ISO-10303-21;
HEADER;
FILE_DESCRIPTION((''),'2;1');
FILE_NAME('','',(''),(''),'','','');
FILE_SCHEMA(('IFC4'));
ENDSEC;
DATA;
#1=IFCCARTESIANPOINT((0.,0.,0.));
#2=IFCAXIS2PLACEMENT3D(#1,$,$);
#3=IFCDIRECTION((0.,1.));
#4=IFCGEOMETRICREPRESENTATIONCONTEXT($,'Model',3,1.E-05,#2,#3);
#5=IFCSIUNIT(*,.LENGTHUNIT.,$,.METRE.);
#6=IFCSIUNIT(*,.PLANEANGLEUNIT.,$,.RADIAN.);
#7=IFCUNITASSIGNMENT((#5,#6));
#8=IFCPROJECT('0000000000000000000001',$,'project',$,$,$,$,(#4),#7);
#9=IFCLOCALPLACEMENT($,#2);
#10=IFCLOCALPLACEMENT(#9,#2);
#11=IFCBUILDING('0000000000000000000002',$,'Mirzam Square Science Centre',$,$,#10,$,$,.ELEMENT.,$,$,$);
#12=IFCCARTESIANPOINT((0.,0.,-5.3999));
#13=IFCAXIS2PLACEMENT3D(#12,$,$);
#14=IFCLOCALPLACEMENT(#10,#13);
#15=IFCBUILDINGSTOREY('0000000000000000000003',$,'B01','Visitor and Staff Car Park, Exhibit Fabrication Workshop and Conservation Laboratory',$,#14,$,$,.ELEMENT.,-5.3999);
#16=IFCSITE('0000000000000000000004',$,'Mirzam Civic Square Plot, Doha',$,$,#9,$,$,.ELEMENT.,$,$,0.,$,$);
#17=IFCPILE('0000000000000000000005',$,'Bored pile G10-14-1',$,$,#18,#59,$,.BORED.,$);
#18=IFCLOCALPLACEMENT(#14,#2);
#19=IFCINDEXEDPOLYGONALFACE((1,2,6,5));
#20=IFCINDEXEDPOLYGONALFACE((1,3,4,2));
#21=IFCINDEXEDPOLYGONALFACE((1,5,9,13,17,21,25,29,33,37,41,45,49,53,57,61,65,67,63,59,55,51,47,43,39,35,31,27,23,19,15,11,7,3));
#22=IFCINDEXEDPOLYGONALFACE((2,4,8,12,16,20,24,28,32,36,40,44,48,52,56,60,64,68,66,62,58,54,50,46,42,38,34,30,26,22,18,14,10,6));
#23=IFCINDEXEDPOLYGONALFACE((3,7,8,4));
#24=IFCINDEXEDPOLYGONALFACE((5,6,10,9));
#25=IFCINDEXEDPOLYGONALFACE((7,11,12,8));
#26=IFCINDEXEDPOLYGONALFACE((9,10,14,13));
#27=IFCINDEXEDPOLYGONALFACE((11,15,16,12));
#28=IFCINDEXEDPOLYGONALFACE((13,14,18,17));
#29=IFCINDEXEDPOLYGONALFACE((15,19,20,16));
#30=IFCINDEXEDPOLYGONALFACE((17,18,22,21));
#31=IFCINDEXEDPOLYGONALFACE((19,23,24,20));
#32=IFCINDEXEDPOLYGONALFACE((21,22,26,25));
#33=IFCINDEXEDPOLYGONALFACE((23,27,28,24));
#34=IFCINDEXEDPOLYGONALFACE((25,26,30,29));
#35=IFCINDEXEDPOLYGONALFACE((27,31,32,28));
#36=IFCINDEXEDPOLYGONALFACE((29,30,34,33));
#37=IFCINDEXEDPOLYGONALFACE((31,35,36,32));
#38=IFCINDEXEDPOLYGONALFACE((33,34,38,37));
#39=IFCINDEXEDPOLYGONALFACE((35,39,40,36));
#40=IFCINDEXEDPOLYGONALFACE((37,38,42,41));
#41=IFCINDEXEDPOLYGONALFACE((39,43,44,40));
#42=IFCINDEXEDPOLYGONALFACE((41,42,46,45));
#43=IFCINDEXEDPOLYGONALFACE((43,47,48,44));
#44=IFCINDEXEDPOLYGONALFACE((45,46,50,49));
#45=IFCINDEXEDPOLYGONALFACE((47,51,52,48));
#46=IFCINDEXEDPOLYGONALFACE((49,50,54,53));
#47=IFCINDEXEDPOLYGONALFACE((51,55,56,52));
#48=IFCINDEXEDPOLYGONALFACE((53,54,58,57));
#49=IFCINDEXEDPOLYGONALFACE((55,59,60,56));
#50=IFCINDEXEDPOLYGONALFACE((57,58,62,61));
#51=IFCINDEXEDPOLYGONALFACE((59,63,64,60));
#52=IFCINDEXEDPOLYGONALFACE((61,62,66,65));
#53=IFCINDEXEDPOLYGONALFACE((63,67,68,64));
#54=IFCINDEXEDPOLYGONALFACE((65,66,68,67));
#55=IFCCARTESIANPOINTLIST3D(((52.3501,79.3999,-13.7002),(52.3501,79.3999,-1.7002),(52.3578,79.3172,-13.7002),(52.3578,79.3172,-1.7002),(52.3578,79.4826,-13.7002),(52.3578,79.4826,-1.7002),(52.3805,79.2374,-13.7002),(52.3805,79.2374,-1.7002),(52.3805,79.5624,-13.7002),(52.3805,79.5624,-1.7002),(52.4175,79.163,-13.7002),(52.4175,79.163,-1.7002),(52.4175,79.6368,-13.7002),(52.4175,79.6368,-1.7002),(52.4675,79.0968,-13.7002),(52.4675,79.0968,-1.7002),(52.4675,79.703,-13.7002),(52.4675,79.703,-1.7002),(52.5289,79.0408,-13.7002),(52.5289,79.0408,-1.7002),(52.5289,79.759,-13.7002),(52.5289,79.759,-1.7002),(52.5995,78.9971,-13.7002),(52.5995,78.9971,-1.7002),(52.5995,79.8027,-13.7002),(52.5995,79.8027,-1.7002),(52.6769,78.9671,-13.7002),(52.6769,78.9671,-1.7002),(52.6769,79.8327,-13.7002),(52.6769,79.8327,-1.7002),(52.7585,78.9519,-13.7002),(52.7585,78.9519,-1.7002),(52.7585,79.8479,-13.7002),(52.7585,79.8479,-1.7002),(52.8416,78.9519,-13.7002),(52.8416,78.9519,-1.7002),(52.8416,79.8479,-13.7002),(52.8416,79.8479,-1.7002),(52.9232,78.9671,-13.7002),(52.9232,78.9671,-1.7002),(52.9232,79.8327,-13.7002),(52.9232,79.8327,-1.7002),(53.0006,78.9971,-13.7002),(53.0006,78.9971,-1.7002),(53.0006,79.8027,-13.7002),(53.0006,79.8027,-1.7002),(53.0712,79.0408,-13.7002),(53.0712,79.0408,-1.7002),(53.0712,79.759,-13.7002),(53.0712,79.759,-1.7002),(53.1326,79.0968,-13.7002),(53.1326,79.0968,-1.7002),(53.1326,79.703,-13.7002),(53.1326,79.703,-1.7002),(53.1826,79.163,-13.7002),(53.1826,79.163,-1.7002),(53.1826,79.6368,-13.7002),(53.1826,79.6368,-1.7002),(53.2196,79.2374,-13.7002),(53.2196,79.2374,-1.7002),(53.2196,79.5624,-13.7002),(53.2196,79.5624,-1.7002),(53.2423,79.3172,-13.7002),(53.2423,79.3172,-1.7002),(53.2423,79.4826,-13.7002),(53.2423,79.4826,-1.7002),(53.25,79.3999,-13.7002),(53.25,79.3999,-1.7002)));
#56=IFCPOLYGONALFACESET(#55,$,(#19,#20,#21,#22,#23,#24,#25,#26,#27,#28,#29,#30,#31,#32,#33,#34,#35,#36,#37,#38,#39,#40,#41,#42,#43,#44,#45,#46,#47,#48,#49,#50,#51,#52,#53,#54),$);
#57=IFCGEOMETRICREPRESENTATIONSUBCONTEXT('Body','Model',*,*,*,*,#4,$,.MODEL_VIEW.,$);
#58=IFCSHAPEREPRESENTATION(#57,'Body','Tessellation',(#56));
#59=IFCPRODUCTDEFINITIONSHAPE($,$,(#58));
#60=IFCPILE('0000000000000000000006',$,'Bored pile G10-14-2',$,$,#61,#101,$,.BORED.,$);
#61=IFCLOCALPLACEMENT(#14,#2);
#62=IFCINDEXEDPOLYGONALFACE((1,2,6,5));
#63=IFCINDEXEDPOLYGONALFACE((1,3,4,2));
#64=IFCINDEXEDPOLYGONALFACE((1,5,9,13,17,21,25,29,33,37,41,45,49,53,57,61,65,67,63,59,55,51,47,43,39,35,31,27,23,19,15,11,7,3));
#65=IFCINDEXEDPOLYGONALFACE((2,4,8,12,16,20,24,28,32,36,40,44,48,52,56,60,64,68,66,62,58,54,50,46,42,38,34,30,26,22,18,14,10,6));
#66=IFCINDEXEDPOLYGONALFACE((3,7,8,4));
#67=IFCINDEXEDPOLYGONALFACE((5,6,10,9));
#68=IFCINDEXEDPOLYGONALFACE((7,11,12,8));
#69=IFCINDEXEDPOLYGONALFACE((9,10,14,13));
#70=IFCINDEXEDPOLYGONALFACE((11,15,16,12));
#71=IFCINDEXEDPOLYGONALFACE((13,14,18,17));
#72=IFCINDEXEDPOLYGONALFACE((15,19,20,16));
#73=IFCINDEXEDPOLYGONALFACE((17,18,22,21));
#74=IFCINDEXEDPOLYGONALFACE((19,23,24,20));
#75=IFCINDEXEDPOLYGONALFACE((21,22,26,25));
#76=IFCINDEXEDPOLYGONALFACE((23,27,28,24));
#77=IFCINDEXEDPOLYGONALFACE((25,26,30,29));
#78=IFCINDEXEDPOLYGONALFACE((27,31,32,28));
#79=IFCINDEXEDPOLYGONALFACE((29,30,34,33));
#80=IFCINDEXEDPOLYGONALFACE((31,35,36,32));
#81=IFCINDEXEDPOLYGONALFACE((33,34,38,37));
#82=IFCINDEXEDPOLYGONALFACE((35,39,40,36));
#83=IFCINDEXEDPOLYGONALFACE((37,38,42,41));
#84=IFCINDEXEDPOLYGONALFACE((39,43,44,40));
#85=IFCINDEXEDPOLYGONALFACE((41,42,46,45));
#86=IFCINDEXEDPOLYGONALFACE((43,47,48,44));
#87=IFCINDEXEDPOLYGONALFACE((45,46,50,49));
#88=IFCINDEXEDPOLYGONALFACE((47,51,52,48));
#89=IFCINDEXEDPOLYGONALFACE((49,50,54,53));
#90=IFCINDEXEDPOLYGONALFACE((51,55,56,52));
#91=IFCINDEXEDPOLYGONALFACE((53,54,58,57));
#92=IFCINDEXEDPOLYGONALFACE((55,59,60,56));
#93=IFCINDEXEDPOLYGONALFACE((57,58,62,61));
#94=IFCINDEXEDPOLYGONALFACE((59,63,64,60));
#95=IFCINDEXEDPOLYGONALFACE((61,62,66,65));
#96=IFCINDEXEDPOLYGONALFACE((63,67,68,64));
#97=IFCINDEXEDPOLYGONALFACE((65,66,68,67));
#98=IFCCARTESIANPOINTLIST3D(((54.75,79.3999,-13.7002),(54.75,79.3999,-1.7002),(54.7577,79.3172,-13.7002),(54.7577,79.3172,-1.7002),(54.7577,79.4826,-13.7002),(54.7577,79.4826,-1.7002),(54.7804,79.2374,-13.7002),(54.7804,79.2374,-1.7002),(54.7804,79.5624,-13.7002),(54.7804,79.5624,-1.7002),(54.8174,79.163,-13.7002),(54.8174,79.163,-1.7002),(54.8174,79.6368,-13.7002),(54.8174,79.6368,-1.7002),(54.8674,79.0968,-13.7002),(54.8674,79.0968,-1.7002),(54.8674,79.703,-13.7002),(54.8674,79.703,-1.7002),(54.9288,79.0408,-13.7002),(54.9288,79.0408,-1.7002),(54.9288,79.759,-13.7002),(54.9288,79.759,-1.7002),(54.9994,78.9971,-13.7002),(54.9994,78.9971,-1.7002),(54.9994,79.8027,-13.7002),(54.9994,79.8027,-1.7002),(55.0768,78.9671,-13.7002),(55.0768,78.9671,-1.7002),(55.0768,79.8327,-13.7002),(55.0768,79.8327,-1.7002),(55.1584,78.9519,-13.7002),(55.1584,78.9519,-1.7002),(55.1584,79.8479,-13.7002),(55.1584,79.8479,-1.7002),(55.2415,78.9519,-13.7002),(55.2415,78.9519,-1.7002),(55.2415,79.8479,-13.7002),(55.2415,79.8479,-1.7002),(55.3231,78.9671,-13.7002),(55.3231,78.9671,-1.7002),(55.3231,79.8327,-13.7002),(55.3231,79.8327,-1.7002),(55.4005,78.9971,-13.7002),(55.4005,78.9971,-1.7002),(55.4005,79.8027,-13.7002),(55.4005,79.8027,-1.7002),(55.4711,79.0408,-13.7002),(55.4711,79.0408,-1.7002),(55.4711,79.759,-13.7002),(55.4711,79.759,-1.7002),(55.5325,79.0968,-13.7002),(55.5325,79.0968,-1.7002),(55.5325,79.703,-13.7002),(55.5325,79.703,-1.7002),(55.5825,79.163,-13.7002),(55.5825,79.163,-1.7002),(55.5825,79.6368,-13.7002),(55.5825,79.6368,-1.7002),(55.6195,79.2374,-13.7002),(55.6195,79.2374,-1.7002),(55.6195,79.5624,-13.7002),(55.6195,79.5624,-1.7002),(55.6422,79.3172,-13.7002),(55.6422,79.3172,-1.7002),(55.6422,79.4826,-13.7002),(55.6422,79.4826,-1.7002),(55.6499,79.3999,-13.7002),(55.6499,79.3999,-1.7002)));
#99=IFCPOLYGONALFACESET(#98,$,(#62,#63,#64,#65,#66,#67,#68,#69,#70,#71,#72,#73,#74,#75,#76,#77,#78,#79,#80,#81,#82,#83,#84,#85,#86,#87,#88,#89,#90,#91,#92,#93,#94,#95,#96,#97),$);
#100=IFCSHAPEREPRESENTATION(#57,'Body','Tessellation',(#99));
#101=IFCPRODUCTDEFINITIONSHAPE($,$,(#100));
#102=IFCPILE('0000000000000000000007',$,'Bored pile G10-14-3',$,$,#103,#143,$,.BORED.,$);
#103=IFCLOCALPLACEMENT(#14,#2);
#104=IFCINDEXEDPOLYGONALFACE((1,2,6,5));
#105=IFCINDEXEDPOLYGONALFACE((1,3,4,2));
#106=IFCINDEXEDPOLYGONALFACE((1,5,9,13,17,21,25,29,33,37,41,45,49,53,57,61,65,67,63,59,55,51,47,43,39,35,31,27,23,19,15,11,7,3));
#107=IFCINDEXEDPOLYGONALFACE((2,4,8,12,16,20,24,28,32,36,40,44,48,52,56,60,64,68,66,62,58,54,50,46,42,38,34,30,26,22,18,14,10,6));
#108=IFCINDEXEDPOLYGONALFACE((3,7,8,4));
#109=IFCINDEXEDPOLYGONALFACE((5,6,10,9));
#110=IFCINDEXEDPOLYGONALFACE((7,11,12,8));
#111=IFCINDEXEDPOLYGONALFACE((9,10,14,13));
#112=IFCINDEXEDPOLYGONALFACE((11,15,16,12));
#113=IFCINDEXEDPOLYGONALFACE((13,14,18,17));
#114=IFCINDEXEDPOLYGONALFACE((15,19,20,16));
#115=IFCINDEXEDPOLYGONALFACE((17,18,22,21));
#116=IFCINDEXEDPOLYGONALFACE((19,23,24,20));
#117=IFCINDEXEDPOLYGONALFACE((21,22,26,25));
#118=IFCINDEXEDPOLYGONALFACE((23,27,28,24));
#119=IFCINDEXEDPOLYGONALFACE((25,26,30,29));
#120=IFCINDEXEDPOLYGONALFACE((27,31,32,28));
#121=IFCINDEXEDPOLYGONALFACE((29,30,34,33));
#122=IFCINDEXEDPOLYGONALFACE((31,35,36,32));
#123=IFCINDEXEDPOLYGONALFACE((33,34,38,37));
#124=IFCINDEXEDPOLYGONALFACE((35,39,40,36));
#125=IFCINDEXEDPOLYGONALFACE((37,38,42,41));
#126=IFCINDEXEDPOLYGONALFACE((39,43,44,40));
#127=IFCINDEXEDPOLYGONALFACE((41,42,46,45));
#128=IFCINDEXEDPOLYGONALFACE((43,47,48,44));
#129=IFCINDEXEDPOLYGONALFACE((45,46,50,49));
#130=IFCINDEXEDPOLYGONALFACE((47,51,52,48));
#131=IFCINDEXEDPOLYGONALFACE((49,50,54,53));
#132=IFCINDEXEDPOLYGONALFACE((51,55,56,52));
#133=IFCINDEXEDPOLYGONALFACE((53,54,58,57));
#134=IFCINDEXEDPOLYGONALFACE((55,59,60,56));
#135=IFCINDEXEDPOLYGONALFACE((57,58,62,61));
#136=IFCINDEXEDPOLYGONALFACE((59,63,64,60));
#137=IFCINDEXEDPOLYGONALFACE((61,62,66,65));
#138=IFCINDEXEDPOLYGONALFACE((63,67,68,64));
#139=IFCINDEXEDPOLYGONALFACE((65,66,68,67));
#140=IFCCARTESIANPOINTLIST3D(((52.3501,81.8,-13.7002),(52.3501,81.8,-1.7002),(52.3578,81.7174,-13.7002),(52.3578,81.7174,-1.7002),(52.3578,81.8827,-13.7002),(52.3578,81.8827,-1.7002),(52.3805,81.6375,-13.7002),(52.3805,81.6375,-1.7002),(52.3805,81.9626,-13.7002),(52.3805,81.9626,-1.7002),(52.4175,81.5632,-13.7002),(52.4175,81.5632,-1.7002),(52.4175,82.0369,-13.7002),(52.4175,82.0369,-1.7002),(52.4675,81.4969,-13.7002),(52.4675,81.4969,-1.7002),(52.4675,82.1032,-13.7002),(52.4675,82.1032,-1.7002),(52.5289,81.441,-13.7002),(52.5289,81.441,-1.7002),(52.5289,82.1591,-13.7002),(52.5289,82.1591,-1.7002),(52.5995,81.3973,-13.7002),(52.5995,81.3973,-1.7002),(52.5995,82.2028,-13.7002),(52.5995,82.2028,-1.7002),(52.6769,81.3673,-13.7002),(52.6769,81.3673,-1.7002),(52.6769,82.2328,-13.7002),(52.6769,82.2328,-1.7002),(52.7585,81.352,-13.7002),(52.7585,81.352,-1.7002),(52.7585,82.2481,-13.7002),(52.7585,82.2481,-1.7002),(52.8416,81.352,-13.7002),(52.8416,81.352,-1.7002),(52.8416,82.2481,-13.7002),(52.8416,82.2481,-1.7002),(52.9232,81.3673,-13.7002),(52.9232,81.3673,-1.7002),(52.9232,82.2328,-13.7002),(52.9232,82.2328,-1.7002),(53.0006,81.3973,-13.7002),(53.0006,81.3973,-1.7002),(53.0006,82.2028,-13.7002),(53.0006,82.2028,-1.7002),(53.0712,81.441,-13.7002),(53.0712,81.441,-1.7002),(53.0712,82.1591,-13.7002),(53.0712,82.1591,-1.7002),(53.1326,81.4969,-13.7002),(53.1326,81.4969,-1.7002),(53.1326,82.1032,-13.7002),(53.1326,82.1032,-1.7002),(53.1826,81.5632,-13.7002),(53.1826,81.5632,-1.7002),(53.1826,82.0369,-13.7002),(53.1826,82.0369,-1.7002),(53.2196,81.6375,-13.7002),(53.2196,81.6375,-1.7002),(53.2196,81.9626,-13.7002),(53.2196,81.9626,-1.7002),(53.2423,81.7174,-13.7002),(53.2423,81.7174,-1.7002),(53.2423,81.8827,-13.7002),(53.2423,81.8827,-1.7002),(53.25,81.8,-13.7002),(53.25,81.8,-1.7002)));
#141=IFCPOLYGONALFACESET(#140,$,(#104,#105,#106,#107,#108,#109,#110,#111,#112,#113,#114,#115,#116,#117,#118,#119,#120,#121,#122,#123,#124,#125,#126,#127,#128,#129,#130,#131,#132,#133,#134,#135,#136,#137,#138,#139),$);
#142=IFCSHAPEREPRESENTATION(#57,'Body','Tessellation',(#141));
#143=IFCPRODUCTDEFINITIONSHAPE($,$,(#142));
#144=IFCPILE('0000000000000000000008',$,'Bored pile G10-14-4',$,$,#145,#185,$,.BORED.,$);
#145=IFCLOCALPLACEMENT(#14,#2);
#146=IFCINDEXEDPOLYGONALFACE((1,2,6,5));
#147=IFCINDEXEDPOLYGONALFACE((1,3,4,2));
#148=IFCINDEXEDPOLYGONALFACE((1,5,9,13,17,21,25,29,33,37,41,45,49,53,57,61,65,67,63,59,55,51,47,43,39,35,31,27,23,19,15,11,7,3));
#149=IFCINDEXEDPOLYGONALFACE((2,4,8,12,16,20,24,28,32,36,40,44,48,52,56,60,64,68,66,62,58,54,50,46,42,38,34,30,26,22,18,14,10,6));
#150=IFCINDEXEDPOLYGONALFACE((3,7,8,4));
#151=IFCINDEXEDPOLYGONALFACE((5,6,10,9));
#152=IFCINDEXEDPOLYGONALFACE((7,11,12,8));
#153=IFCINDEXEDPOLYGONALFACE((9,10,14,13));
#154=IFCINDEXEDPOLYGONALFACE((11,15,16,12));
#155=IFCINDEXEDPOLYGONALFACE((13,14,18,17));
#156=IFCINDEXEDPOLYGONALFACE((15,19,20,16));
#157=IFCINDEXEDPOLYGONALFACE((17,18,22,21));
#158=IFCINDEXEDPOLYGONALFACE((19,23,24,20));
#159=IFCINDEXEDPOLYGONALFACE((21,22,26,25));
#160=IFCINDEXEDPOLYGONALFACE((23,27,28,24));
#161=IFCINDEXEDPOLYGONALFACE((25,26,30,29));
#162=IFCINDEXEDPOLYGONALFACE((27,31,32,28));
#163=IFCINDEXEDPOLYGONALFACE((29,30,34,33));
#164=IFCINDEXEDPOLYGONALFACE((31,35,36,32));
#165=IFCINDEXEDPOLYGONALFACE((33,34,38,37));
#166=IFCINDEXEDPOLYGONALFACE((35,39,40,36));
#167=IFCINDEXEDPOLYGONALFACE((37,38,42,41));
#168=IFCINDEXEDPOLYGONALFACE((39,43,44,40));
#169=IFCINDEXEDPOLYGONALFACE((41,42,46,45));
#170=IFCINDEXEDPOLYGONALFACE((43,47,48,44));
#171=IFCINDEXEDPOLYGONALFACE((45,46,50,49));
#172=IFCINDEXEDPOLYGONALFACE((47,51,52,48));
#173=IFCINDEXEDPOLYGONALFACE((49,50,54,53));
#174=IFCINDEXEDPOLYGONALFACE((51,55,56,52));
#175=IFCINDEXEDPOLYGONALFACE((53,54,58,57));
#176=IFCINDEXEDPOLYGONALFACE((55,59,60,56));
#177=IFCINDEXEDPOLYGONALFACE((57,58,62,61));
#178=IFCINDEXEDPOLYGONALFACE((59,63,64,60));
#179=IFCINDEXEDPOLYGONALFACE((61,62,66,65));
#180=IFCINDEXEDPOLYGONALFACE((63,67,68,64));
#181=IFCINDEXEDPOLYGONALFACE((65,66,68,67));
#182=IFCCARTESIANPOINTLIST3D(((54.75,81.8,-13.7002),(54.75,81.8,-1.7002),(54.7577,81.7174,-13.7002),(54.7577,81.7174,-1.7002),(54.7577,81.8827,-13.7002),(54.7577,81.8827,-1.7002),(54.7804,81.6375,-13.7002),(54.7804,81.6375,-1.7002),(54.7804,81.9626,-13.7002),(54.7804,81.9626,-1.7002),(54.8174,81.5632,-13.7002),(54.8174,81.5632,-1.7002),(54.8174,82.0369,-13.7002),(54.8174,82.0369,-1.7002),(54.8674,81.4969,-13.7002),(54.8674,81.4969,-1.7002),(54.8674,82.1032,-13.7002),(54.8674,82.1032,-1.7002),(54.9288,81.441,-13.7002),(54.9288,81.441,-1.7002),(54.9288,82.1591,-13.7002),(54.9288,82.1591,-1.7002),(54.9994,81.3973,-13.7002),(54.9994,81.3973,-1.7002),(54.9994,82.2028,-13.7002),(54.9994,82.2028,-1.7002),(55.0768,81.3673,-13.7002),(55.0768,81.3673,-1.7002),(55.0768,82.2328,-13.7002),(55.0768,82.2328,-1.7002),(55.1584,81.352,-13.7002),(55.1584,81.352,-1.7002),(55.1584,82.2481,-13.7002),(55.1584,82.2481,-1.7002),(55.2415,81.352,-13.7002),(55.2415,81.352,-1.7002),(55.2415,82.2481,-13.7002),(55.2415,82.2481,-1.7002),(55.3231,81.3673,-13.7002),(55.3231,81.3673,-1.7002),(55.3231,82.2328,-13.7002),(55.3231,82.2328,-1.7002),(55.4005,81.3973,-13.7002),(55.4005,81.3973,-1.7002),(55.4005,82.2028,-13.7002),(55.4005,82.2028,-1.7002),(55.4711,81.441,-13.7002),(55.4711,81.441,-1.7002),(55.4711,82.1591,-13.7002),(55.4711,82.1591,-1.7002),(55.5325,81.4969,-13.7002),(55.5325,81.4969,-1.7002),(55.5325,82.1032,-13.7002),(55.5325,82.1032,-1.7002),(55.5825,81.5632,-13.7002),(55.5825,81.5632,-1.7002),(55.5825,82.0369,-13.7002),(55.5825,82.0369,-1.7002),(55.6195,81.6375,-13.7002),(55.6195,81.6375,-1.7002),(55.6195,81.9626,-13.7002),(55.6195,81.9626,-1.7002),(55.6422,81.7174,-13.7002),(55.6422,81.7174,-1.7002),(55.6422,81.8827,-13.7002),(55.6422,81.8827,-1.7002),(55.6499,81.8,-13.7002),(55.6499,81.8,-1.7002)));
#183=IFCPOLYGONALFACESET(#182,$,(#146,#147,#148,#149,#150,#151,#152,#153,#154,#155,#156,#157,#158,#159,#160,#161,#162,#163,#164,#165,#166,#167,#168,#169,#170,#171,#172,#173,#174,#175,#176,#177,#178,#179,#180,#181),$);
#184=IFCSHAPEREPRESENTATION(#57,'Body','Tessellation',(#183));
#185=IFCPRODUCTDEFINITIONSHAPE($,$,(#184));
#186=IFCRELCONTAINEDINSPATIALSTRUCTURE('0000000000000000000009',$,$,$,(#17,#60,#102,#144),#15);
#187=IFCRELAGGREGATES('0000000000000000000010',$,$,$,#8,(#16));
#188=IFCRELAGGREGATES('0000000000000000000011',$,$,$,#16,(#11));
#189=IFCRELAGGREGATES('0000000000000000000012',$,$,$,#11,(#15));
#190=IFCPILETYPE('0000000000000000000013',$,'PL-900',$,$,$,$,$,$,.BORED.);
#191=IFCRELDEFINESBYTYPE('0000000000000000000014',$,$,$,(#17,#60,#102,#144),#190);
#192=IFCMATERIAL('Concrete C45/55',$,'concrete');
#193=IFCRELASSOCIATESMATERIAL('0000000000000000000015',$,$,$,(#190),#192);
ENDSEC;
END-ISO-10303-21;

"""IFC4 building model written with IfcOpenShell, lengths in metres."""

from ifc_helpers import new_model, si_unit, direction, frame, origin, origin_2d, place, context, subcontext, project, spatial, circle, extrude, material, material_profile, profile_set, type_object, element, save


model = new_model("IFC4")

# Units and contexts
model_context = context("Model", 3, precision=1e-05, world=origin(), true_north=direction((0.0, 1.0)))
body_context = subcontext(model_context, "Body", "Model", "MODEL_VIEW")
ifc_project = project(units=[si_unit("LENGTHUNIT", "METRE"), si_unit("PLANEANGLEUNIT", "RADIAN")], contexts=[model_context])

# Site, building, storey
site_placement = place(None, origin())
site = spatial("IfcSite", under=ifc_project, at=site_placement, Name="Mirzam Civic Square Plot, Doha", CompositionType="ELEMENT", RefElevation=0.0)
building_placement = place(site_placement, origin())
building = spatial("IfcBuilding", under=site, at=building_placement, Name="Mirzam Square Science Centre", CompositionType="ELEMENT")
storey_placement = place(building_placement, frame((0.0, 0.0, -5.3999)))
storey = spatial("IfcBuildingStorey", under=building, at=storey_placement, Name="B01", Description="Visitor and Staff Car Park, Exhibit Fabrication Workshop and Conservation Laboratory", CompositionType="ELEMENT", Elevation=-5.3999)

# Shared definitions
ifc_material = material(Name="Concrete C45/55", Category="concrete")

# Piles
ifc_material_profile_1 = material_profile(ifc_material, circle(Radius=0.45, at=origin_2d()), Name="PILE-D900")
ifc_profile_set_1 = profile_set([ifc_material_profile_1], Name="Concrete C45/55")
pile_type = type_object("IfcPileType", Name="PL-900", PredefinedType="BORED", material=ifc_profile_set_1)
for number, where, z_axis, x_axis, name in (
    (1, (52.8, 79.3999, -1.7002), (0.0, 0.0, -1.0), (1.0, 0.0, 0.0), "Bored pile G10-14-1"),
    (2, (55.2, 79.3999, -1.7002), (0.0, 0.0, -1.0), (1.0, 0.0, 0.0), "Bored pile G10-14-2"),
    (3, (52.8, 81.8, -1.7002), (0.0, 0.0, -1.0), (1.0, 0.0, 0.0), "Bored pile G10-14-3"),
    (4, (55.2, 81.8, -1.7002), (0.0, 0.0, -1.0), (1.0, 0.0, 0.0), "Bored pile G10-14-4"),
):
    element("IfcPile", number, at=place(storey_placement, frame(where, z_axis=z_axis, x_axis=x_axis)), inside=storey, type_object=pile_type, Name=name, PredefinedType="BORED", context=body_context, shape_type="SweptSolid", body=[
        extrude(circle(Radius=0.45, at=origin_2d()), origin(), (0.0, 0.0, 1.0), 12.0),
    ])

save(model, "model.ifc")
